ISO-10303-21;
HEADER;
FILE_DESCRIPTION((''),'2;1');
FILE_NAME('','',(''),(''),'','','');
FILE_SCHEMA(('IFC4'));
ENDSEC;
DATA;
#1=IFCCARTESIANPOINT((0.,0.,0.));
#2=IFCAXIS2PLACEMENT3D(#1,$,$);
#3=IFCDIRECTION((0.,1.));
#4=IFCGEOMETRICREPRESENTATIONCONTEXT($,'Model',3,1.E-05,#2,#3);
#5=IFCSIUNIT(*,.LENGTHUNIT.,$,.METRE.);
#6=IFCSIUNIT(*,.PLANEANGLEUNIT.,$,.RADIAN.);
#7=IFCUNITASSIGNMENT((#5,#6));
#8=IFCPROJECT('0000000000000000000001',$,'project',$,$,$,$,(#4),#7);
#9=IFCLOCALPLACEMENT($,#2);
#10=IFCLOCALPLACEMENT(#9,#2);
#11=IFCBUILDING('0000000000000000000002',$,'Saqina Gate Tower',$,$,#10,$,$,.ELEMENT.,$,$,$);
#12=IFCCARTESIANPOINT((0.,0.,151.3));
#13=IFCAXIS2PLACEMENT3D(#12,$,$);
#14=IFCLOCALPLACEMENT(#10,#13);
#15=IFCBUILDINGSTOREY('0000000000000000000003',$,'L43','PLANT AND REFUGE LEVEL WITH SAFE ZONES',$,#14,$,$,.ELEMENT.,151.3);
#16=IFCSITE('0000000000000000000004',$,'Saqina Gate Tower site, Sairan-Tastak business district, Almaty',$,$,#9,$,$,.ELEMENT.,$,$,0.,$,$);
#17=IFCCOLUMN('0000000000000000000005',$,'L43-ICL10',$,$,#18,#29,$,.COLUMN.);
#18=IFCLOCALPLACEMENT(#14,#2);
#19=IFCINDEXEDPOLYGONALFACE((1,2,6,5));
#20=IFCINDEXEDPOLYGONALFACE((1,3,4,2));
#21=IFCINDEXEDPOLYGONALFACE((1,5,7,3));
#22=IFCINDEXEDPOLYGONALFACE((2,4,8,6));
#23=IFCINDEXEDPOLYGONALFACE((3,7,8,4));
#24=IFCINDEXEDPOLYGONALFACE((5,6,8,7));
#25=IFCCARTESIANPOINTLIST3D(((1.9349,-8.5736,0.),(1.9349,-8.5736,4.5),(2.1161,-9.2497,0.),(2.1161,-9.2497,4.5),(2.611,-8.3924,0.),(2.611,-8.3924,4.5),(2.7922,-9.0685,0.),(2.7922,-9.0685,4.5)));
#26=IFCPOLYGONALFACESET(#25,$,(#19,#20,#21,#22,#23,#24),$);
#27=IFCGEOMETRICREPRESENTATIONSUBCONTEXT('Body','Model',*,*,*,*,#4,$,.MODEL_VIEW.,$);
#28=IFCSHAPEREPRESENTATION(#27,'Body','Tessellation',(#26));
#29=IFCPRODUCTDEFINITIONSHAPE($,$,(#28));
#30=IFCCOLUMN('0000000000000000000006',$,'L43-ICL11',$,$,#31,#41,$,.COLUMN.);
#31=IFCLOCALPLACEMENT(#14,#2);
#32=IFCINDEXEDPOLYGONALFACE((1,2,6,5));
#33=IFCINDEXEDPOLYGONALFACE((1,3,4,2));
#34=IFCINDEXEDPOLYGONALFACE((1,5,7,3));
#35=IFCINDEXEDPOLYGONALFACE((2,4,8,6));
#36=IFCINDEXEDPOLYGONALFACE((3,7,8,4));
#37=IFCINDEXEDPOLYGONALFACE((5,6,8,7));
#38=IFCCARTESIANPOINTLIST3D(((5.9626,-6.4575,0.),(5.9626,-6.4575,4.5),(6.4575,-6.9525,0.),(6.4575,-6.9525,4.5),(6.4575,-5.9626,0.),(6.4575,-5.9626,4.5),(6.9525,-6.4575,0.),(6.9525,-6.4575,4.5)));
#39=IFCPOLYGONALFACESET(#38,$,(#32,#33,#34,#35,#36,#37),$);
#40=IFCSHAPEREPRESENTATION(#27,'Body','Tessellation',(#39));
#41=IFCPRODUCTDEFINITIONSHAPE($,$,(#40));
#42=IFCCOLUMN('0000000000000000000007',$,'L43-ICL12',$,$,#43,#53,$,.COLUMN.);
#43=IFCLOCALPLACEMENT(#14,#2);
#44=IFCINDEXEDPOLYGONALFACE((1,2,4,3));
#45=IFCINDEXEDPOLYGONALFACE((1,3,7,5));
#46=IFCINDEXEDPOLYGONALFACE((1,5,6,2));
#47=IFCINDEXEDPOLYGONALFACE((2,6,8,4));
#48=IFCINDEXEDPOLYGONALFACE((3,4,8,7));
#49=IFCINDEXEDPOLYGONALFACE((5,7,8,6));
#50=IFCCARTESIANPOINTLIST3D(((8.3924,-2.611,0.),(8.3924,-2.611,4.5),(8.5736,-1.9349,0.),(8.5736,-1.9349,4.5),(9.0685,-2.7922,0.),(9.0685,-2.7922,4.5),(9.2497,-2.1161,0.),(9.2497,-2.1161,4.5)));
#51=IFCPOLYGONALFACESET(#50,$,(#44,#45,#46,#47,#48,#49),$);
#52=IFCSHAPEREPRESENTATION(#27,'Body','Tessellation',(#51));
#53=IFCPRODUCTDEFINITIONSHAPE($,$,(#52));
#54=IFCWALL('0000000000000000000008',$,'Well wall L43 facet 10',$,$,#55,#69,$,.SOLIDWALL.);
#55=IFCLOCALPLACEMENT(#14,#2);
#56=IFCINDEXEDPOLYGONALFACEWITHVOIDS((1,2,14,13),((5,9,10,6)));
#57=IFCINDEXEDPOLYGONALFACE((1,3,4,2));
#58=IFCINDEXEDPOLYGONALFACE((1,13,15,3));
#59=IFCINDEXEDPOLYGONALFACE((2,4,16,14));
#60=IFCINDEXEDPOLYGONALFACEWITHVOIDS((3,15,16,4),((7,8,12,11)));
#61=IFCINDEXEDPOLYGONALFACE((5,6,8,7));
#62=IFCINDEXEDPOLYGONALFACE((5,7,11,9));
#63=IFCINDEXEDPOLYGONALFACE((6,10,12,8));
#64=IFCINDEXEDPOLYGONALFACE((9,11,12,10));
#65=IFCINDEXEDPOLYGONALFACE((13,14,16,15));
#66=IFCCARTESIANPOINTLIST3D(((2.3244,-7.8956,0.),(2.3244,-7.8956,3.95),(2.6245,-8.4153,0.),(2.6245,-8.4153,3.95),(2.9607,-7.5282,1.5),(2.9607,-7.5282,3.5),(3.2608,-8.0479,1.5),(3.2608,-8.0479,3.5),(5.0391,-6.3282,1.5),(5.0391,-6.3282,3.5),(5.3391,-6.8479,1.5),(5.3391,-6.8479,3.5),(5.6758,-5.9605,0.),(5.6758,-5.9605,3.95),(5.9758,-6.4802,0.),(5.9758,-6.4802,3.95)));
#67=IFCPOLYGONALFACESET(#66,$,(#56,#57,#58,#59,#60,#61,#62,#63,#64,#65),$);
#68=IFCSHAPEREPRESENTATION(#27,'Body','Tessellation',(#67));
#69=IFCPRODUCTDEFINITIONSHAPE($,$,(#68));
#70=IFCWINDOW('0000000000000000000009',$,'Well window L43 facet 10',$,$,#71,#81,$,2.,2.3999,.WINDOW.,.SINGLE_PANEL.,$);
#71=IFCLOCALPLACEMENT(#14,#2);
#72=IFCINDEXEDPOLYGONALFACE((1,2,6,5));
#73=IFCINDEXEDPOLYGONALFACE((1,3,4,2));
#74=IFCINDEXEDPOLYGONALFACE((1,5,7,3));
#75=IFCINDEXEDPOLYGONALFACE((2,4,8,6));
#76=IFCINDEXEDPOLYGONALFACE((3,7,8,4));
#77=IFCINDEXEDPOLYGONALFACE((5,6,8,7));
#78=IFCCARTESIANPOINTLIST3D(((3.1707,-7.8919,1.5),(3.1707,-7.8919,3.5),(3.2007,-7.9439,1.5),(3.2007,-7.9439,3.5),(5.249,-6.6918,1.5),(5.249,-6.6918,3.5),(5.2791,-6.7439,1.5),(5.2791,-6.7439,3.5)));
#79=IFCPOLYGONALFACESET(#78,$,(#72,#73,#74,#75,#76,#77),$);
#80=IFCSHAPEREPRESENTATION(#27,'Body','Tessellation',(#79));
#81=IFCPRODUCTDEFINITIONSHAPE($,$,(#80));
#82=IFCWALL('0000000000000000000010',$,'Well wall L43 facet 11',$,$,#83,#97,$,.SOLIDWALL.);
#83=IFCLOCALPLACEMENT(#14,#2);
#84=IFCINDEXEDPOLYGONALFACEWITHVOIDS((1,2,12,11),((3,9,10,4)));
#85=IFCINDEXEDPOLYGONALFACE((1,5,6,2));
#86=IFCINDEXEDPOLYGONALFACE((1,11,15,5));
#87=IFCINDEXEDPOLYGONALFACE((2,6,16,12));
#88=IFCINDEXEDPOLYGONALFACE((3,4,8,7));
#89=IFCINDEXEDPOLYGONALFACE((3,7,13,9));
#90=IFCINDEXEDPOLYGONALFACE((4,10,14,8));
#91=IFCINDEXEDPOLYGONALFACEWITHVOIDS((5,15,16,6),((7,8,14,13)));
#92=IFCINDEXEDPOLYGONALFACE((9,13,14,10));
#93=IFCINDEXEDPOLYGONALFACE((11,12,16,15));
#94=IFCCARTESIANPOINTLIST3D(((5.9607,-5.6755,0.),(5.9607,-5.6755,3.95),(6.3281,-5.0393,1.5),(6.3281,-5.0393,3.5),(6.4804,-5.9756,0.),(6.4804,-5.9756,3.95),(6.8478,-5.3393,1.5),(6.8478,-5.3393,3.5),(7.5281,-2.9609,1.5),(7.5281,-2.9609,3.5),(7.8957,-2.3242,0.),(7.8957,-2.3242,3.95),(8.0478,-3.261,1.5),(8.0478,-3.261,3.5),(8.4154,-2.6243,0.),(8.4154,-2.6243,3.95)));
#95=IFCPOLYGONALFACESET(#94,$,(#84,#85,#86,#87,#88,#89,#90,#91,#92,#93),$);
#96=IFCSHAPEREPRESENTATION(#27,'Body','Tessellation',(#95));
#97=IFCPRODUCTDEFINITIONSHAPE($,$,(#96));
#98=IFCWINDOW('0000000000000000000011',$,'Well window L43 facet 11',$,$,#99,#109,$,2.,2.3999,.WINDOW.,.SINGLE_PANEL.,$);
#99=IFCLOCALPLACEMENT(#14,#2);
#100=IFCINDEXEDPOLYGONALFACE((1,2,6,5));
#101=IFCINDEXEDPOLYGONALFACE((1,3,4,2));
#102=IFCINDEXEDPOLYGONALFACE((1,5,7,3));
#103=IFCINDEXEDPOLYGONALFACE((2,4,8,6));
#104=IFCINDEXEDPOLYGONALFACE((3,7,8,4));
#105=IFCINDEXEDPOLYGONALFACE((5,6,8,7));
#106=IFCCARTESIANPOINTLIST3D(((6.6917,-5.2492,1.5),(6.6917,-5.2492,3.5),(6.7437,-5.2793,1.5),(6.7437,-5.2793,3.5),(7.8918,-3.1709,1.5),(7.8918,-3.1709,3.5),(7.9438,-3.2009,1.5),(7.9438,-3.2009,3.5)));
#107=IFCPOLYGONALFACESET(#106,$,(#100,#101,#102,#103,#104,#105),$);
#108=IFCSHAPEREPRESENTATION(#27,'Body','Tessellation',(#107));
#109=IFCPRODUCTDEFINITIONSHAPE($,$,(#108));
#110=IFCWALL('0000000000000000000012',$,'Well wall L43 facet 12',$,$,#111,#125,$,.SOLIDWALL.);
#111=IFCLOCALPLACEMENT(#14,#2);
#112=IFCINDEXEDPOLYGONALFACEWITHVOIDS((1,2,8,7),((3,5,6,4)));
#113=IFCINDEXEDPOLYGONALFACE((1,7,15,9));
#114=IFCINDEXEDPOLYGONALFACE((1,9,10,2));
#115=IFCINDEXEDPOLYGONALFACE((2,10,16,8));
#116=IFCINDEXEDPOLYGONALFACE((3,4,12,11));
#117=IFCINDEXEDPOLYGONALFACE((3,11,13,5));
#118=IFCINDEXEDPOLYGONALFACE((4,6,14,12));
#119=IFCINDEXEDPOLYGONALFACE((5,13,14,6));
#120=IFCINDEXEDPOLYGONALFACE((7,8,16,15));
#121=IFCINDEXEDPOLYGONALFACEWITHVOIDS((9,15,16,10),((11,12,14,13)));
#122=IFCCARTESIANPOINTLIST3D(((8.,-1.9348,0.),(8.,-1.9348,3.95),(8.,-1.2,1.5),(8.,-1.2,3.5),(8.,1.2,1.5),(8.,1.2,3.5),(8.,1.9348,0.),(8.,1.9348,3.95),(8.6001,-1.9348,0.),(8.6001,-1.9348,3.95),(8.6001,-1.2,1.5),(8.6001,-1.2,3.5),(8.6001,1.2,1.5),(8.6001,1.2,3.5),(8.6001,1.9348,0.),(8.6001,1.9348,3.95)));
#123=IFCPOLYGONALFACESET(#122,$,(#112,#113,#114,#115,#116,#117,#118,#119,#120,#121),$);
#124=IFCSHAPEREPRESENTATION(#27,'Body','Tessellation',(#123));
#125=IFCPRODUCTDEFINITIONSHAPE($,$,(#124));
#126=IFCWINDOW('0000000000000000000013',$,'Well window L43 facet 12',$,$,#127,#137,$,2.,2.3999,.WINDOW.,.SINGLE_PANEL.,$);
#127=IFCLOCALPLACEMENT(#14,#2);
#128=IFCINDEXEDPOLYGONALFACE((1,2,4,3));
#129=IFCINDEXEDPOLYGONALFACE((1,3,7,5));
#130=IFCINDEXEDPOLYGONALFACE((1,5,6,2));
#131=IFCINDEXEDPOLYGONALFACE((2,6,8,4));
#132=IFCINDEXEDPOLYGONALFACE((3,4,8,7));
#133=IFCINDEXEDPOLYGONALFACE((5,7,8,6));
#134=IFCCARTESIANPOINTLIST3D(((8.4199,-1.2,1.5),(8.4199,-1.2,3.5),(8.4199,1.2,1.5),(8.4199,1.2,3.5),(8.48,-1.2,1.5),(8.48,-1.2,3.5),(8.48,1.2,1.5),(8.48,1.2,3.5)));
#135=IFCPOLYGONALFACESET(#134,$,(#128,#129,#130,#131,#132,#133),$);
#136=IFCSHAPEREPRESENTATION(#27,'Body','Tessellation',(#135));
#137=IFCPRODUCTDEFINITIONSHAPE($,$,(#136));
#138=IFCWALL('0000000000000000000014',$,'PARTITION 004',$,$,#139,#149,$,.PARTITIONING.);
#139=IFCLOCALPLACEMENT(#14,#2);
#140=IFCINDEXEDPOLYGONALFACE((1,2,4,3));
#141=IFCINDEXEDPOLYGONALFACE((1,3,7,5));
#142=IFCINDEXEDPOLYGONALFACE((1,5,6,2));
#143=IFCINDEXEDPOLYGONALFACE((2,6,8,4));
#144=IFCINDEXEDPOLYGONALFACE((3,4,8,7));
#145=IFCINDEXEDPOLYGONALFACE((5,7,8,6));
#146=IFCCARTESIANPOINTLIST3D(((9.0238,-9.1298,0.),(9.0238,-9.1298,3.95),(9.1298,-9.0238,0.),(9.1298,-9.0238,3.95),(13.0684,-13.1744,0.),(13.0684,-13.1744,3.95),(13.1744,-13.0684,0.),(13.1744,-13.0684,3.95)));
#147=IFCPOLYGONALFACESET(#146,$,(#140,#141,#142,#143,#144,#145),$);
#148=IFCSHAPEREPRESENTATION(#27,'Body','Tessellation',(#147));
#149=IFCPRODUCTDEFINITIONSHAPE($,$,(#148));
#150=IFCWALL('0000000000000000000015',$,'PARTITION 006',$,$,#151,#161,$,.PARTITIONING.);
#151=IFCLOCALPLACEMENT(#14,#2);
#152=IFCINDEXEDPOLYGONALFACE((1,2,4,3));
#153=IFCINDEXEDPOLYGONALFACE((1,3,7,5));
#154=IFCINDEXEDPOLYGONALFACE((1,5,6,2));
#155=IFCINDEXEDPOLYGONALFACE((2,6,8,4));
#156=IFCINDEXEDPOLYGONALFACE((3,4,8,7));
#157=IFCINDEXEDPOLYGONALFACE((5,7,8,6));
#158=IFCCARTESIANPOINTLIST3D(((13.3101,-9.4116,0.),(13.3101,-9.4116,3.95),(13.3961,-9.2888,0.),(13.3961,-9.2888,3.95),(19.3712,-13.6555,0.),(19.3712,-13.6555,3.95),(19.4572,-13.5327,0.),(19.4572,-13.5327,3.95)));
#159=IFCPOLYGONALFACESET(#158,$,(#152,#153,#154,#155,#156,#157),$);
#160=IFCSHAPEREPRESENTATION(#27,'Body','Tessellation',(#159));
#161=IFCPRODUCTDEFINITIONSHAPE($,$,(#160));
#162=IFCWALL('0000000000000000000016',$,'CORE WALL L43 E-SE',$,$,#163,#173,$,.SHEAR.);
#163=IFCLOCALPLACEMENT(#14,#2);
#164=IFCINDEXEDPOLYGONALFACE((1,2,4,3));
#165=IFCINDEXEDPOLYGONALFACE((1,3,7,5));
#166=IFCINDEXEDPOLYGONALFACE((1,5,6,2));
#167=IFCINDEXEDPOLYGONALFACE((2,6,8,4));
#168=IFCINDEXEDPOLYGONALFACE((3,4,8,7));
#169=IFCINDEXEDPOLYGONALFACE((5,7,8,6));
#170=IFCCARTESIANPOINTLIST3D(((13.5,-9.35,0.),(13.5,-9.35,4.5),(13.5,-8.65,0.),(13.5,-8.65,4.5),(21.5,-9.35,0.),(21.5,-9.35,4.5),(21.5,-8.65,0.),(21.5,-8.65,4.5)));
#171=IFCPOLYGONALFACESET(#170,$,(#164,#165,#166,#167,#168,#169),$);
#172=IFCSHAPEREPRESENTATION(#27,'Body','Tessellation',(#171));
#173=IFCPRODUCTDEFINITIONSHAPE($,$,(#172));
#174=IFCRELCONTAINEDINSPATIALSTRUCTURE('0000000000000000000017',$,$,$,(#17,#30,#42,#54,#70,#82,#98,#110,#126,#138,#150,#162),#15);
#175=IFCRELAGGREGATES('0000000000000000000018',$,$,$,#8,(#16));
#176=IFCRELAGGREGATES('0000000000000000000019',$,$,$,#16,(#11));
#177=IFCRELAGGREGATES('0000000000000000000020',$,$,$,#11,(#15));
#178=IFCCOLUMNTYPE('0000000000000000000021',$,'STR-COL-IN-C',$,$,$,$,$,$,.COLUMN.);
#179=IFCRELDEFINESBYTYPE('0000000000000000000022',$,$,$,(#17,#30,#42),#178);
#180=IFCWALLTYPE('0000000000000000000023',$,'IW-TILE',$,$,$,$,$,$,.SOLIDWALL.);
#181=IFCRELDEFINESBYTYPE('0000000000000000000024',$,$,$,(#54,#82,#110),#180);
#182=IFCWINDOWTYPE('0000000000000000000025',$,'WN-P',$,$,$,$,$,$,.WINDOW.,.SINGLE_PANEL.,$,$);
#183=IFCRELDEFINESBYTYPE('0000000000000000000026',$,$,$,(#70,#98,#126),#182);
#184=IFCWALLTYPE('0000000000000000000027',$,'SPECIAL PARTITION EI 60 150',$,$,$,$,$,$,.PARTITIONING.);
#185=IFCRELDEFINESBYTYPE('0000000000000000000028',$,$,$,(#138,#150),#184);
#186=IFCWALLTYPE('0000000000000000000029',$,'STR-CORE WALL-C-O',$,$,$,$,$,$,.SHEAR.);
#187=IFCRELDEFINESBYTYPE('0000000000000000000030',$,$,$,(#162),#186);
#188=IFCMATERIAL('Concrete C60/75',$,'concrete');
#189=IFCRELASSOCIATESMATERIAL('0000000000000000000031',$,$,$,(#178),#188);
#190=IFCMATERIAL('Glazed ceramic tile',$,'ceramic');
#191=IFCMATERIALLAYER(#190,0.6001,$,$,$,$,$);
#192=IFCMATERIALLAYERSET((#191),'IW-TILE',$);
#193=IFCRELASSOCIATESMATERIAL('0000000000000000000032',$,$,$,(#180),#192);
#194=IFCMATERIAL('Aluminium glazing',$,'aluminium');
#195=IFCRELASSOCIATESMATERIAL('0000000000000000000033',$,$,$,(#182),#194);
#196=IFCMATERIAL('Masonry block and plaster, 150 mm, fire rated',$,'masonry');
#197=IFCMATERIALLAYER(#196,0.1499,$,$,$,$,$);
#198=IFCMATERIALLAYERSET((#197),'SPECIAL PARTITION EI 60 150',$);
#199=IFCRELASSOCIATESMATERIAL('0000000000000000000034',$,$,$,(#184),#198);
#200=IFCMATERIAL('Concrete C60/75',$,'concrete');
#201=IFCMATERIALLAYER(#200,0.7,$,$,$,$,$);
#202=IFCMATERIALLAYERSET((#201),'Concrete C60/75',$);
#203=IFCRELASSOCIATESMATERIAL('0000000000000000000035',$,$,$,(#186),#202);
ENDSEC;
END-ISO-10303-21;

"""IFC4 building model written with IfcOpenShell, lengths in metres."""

from ifc_helpers import new_model, si_unit, direction, frame, frame_2d, origin, origin_2d, place, context, subcontext, project, spatial, rectangle, extrude, material, layer, layer_set, material_profile, profile_set, type_object, element, fill, save


model = new_model("IFC4")

# Units and contexts
model_context = context("Model", 3, precision=1e-05, world=origin(), true_north=direction((0.0, 1.0)))
body_context = subcontext(model_context, "Body", "Model", "MODEL_VIEW")
ifc_project = project(units=[si_unit("LENGTHUNIT", "METRE"), si_unit("PLANEANGLEUNIT", "RADIAN")], contexts=[model_context])

# Site, building, storey
site_placement = place(None, origin())
site = spatial("IfcSite", under=ifc_project, at=site_placement, Name="Saqina Gate Tower site, Sairan-Tastak business district, Almaty", CompositionType="ELEMENT", RefElevation=0.0)
building_placement = place(site_placement, origin())
building = spatial("IfcBuilding", under=site, at=building_placement, Name="Saqina Gate Tower", CompositionType="ELEMENT")
storey_placement = place(building_placement, frame((0.0, 0.0, 151.3)))
storey = spatial("IfcBuildingStorey", under=building, at=storey_placement, Name="L43", Description="PLANT AND REFUGE LEVEL WITH SAFE ZONES", CompositionType="ELEMENT", Elevation=151.3)

# Columns
ifc_material_1 = material(Name="Concrete C60/75", Category="concrete")
ifc_material_profile = material_profile(ifc_material_1, rectangle(XDim=0.7, YDim=0.7, at=origin_2d()), Name="RC 700x700")
ifc_profile_set = profile_set([ifc_material_profile], Name="Concrete C60/75")
column_type = type_object("IfcColumnType", Name="STR-COL-IN-C", PredefinedType="COLUMN", material=ifc_profile_set)
for number, where, z_axis, x_axis, name in (
    (1, (2.3635, -8.821, 0.0), (0.0, 0.0, 1.0), (0.258819, -0.965926, 0.0), "L43-ICL10"),
    (2, (6.4575, -6.4575, 0.0), (0.0, 0.0, 1.0), (0.707107, -0.707107, 0.0), "L43-ICL11"),
    (3, (8.821, -2.3635, 0.0), (0.0, 0.0, 1.0), (0.965926, -0.258819, 0.0), "L43-ICL12"),
):
    element("IfcColumn", number, at=place(storey_placement, frame(where, z_axis=z_axis, x_axis=x_axis)), inside=storey, type_object=column_type, Name=name, PredefinedType="COLUMN", context=body_context, shape_type="SweptSolid", body=[
        extrude(rectangle(XDim=0.7, YDim=0.7, at=origin_2d()), origin(), (0.0, 0.0, 1.0), 4.5),
    ])

# Walls, openings, windows
ifc_material_2 = material(Name="Glazed ceramic tile", Category="ceramic")
ifc_layer_1 = layer(ifc_material_2, 0.6001)
ifc_layer_set_1 = layer_set([ifc_layer_1], Name="IW-TILE")
wall_type_1 = type_object("IfcWallType", Name="IW-TILE", PredefinedType="SOLIDWALL", material=ifc_layer_set_1)
wall_1_placement = place(storey_placement, frame((2.4744, -8.1555, 0.0), z_axis=(0.0, 0.0, 1.0), x_axis=(0.866006, 0.500034, 0.0)))
wall_1 = element("IfcWall", 4, at=wall_1_placement, inside=storey, type_object=wall_type_1, Name="Well wall L43 facet 10", PredefinedType="SOLIDWALL", context=body_context, shape_type="SweptSolid", body=[
    extrude(rectangle(XDim=3.8699, YDim=0.6001, at=frame_2d((1.9351, 0.0))), origin(), (0.0, 0.0, 1.0), 3.95),
])
opening_1_placement = place(wall_1_placement, frame((0.7349, 0.0, 1.5)))
opening_1 = element("IfcOpeningElement", 5, at=opening_1_placement, cuts=wall_1, PredefinedType="OPENING", context=body_context, shape_type="SweptSolid", body=[
    extrude(rectangle(XDim=2.3999, YDim=2.0, at=frame_2d((1.2, 1.0))), frame((0.0, 0.312, 0.0), z_axis=(0.0, -1.0, 0.0), x_axis=(1.0, 0.0, 0.0)), (0.0, 0.0, 1.0), 0.624),
])
ifc_material_3 = material(Name="Aluminium glazing", Category="aluminium")
window_type = type_object("IfcWindowType", Name="WN-P", PartitioningType="SINGLE_PANEL", PredefinedType="WINDOW", material=ifc_material_3)
window_1_placement = place(opening_1_placement, origin())
window_1 = element("IfcWindow", 6, at=window_1_placement, inside=storey, type_object=window_type, Name="Well window L43 facet 10", OverallHeight=2.0, OverallWidth=2.3999, PartitioningType="SINGLE_PANEL", PredefinedType="WINDOW", context=body_context, shape_type="SweptSolid", body=[
    extrude(rectangle(XDim=2.3999, YDim=2.0, at=frame_2d((1.2, 1.0))), frame((0.0, -0.1199, 0.0), z_axis=(0.0, -1.0, 0.0), x_axis=(1.0, 0.0, 0.0)), (0.0, 0.0, 1.0), 0.0601),
])
fill(opening_1, window_1)
wall_2_placement = place(storey_placement, frame((6.2205, -5.8257, 0.0), z_axis=(0.0, 0.0, 1.0), x_axis=(0.500034, 0.866006, 0.0)))
wall_2 = element("IfcWall", 7, at=wall_2_placement, inside=storey, type_object=wall_type_1, Name="Well wall L43 facet 11", PredefinedType="SOLIDWALL", context=body_context, shape_type="SweptSolid", body=[
    extrude(rectangle(XDim=3.8699, YDim=0.6001, at=frame_2d((1.9351, 0.0))), origin(), (0.0, 0.0, 1.0), 3.95),
])
opening_2_placement = place(wall_2_placement, frame((0.7349, 0.0, 1.5)))
opening_2 = element("IfcOpeningElement", 8, at=opening_2_placement, cuts=wall_2, PredefinedType="OPENING", context=body_context, shape_type="SweptSolid", body=[
    extrude(rectangle(XDim=2.3999, YDim=2.0, at=frame_2d((1.2, 1.0))), frame((0.0, 0.312, 0.0), z_axis=(0.0, -1.0, 0.0), x_axis=(1.0, 0.0, 0.0)), (0.0, 0.0, 1.0), 0.624),
])
window_2_placement = place(opening_2_placement, origin())
window_2 = element("IfcWindow", 9, at=window_2_placement, inside=storey, type_object=window_type, Name="Well window L43 facet 11", OverallHeight=2.0, OverallWidth=2.3999, PartitioningType="SINGLE_PANEL", PredefinedType="WINDOW", context=body_context, shape_type="SweptSolid", body=[
    extrude(rectangle(XDim=2.3999, YDim=2.0, at=frame_2d((1.2, 1.0))), frame((0.0, -0.1199, 0.0), z_axis=(0.0, -1.0, 0.0), x_axis=(1.0, 0.0, 0.0)), (0.0, 0.0, 1.0), 0.0601),
])
fill(opening_2, window_2)
wall_3_placement = place(storey_placement, frame((8.3, -1.9348, 0.0), z_axis=(0.0, 0.0, 1.0), x_axis=(0.0, 1.0, 0.0)))
wall_3 = element("IfcWall", 10, at=wall_3_placement, inside=storey, type_object=wall_type_1, Name="Well wall L43 facet 12", PredefinedType="SOLIDWALL", context=body_context, shape_type="SweptSolid", body=[
    extrude(rectangle(XDim=3.8696, YDim=0.6001, at=frame_2d((1.9348, 0.0))), origin(), (0.0, 0.0, 1.0), 3.95),
])
opening_3_placement = place(wall_3_placement, frame((0.7349, 0.0, 1.5)))
opening_3 = element("IfcOpeningElement", 11, at=opening_3_placement, cuts=wall_3, PredefinedType="OPENING", context=body_context, shape_type="SweptSolid", body=[
    extrude(rectangle(XDim=2.3999, YDim=2.0, at=frame_2d((1.2, 1.0))), frame((0.0, 0.312, 0.0), z_axis=(0.0, -1.0, 0.0), x_axis=(1.0, 0.0, 0.0)), (0.0, 0.0, 1.0), 0.624),
])
window_3_placement = place(opening_3_placement, origin())
window_3 = element("IfcWindow", 12, at=window_3_placement, inside=storey, type_object=window_type, Name="Well window L43 facet 12", OverallHeight=2.0, OverallWidth=2.3999, PartitioningType="SINGLE_PANEL", PredefinedType="WINDOW", context=body_context, shape_type="SweptSolid", body=[
    extrude(rectangle(XDim=2.3999, YDim=2.0, at=frame_2d((1.2, 1.0))), frame((0.0, -0.1199, 0.0), z_axis=(0.0, -1.0, 0.0), x_axis=(1.0, 0.0, 0.0)), (0.0, 0.0, 1.0), 0.0601),
])
fill(opening_3, window_3)

# Walls
ifc_material_4 = material(Name="Masonry block and plaster, 150 mm, fire rated", Category="masonry")
ifc_layer_2 = layer(ifc_material_4, 0.1499)
ifc_layer_set_2 = layer_set([ifc_layer_2], Name="SPECIAL PARTITION EI 60 150")
wall_type_2 = type_object("IfcWallType", Name="SPECIAL PARTITION EI 60 150", PredefinedType="PARTITIONING", material=ifc_layer_set_2)
wall_4_placement = place(storey_placement, frame((9.0769, -9.0769, 0.0), z_axis=(0.0, 0.0, 1.0), x_axis=(0.707107, -0.707107, 0.0)))
element("IfcWall", 13, at=wall_4_placement, inside=storey, type_object=wall_type_2, Name="PARTITION 004", PredefinedType="PARTITIONING", context=body_context, shape_type="SweptSolid", body=[
    extrude(rectangle(XDim=5.72, YDim=0.1499, at=frame_2d((2.8599, 0.0))), origin(), (0.0, 0.0, 1.0), 3.95),
])
wall_5_placement = place(storey_placement, frame((13.353, -9.3501, 0.0), z_axis=(0.0, 0.0, 1.0), x_axis=(0.819158, -0.573569, 0.0)))
element("IfcWall", 14, at=wall_5_placement, inside=storey, type_object=wall_type_2, Name="PARTITION 006", PredefinedType="PARTITIONING", context=body_context, shape_type="SweptSolid", body=[
    extrude(rectangle(XDim=7.3992, YDim=0.1499, at=frame_2d((3.6997, 0.0))), origin(), (0.0, 0.0, 1.0), 3.95),
])

# Shared definitions
ifc_material_5 = material(Name="Concrete C60/75", Category="concrete")
ifc_layer_3 = layer(ifc_material_5, 0.7)
ifc_layer_set_3 = layer_set([ifc_layer_3], Name="Concrete C60/75")
wall_type_3 = type_object("IfcWallType", Name="STR-CORE WALL-C-O", PredefinedType="SHEAR", material=ifc_layer_set_3)

# Wall
wall_6_placement = place(storey_placement, frame((13.5, -9.0, 0.0), z_axis=(0.0, 0.0, 1.0), x_axis=(1.0, 0.0, 0.0)))
element("IfcWall", 15, at=wall_6_placement, inside=storey, type_object=wall_type_3, Name="CORE WALL L43 E-SE", PredefinedType="SHEAR", context=body_context, shape_type="SweptSolid", body=[
    extrude(rectangle(XDim=8.0, YDim=0.7, at=frame_2d((4.0, 0.0))), origin(), (0.0, 0.0, 1.0), 4.5),
])

save(model, "model.ifc")
